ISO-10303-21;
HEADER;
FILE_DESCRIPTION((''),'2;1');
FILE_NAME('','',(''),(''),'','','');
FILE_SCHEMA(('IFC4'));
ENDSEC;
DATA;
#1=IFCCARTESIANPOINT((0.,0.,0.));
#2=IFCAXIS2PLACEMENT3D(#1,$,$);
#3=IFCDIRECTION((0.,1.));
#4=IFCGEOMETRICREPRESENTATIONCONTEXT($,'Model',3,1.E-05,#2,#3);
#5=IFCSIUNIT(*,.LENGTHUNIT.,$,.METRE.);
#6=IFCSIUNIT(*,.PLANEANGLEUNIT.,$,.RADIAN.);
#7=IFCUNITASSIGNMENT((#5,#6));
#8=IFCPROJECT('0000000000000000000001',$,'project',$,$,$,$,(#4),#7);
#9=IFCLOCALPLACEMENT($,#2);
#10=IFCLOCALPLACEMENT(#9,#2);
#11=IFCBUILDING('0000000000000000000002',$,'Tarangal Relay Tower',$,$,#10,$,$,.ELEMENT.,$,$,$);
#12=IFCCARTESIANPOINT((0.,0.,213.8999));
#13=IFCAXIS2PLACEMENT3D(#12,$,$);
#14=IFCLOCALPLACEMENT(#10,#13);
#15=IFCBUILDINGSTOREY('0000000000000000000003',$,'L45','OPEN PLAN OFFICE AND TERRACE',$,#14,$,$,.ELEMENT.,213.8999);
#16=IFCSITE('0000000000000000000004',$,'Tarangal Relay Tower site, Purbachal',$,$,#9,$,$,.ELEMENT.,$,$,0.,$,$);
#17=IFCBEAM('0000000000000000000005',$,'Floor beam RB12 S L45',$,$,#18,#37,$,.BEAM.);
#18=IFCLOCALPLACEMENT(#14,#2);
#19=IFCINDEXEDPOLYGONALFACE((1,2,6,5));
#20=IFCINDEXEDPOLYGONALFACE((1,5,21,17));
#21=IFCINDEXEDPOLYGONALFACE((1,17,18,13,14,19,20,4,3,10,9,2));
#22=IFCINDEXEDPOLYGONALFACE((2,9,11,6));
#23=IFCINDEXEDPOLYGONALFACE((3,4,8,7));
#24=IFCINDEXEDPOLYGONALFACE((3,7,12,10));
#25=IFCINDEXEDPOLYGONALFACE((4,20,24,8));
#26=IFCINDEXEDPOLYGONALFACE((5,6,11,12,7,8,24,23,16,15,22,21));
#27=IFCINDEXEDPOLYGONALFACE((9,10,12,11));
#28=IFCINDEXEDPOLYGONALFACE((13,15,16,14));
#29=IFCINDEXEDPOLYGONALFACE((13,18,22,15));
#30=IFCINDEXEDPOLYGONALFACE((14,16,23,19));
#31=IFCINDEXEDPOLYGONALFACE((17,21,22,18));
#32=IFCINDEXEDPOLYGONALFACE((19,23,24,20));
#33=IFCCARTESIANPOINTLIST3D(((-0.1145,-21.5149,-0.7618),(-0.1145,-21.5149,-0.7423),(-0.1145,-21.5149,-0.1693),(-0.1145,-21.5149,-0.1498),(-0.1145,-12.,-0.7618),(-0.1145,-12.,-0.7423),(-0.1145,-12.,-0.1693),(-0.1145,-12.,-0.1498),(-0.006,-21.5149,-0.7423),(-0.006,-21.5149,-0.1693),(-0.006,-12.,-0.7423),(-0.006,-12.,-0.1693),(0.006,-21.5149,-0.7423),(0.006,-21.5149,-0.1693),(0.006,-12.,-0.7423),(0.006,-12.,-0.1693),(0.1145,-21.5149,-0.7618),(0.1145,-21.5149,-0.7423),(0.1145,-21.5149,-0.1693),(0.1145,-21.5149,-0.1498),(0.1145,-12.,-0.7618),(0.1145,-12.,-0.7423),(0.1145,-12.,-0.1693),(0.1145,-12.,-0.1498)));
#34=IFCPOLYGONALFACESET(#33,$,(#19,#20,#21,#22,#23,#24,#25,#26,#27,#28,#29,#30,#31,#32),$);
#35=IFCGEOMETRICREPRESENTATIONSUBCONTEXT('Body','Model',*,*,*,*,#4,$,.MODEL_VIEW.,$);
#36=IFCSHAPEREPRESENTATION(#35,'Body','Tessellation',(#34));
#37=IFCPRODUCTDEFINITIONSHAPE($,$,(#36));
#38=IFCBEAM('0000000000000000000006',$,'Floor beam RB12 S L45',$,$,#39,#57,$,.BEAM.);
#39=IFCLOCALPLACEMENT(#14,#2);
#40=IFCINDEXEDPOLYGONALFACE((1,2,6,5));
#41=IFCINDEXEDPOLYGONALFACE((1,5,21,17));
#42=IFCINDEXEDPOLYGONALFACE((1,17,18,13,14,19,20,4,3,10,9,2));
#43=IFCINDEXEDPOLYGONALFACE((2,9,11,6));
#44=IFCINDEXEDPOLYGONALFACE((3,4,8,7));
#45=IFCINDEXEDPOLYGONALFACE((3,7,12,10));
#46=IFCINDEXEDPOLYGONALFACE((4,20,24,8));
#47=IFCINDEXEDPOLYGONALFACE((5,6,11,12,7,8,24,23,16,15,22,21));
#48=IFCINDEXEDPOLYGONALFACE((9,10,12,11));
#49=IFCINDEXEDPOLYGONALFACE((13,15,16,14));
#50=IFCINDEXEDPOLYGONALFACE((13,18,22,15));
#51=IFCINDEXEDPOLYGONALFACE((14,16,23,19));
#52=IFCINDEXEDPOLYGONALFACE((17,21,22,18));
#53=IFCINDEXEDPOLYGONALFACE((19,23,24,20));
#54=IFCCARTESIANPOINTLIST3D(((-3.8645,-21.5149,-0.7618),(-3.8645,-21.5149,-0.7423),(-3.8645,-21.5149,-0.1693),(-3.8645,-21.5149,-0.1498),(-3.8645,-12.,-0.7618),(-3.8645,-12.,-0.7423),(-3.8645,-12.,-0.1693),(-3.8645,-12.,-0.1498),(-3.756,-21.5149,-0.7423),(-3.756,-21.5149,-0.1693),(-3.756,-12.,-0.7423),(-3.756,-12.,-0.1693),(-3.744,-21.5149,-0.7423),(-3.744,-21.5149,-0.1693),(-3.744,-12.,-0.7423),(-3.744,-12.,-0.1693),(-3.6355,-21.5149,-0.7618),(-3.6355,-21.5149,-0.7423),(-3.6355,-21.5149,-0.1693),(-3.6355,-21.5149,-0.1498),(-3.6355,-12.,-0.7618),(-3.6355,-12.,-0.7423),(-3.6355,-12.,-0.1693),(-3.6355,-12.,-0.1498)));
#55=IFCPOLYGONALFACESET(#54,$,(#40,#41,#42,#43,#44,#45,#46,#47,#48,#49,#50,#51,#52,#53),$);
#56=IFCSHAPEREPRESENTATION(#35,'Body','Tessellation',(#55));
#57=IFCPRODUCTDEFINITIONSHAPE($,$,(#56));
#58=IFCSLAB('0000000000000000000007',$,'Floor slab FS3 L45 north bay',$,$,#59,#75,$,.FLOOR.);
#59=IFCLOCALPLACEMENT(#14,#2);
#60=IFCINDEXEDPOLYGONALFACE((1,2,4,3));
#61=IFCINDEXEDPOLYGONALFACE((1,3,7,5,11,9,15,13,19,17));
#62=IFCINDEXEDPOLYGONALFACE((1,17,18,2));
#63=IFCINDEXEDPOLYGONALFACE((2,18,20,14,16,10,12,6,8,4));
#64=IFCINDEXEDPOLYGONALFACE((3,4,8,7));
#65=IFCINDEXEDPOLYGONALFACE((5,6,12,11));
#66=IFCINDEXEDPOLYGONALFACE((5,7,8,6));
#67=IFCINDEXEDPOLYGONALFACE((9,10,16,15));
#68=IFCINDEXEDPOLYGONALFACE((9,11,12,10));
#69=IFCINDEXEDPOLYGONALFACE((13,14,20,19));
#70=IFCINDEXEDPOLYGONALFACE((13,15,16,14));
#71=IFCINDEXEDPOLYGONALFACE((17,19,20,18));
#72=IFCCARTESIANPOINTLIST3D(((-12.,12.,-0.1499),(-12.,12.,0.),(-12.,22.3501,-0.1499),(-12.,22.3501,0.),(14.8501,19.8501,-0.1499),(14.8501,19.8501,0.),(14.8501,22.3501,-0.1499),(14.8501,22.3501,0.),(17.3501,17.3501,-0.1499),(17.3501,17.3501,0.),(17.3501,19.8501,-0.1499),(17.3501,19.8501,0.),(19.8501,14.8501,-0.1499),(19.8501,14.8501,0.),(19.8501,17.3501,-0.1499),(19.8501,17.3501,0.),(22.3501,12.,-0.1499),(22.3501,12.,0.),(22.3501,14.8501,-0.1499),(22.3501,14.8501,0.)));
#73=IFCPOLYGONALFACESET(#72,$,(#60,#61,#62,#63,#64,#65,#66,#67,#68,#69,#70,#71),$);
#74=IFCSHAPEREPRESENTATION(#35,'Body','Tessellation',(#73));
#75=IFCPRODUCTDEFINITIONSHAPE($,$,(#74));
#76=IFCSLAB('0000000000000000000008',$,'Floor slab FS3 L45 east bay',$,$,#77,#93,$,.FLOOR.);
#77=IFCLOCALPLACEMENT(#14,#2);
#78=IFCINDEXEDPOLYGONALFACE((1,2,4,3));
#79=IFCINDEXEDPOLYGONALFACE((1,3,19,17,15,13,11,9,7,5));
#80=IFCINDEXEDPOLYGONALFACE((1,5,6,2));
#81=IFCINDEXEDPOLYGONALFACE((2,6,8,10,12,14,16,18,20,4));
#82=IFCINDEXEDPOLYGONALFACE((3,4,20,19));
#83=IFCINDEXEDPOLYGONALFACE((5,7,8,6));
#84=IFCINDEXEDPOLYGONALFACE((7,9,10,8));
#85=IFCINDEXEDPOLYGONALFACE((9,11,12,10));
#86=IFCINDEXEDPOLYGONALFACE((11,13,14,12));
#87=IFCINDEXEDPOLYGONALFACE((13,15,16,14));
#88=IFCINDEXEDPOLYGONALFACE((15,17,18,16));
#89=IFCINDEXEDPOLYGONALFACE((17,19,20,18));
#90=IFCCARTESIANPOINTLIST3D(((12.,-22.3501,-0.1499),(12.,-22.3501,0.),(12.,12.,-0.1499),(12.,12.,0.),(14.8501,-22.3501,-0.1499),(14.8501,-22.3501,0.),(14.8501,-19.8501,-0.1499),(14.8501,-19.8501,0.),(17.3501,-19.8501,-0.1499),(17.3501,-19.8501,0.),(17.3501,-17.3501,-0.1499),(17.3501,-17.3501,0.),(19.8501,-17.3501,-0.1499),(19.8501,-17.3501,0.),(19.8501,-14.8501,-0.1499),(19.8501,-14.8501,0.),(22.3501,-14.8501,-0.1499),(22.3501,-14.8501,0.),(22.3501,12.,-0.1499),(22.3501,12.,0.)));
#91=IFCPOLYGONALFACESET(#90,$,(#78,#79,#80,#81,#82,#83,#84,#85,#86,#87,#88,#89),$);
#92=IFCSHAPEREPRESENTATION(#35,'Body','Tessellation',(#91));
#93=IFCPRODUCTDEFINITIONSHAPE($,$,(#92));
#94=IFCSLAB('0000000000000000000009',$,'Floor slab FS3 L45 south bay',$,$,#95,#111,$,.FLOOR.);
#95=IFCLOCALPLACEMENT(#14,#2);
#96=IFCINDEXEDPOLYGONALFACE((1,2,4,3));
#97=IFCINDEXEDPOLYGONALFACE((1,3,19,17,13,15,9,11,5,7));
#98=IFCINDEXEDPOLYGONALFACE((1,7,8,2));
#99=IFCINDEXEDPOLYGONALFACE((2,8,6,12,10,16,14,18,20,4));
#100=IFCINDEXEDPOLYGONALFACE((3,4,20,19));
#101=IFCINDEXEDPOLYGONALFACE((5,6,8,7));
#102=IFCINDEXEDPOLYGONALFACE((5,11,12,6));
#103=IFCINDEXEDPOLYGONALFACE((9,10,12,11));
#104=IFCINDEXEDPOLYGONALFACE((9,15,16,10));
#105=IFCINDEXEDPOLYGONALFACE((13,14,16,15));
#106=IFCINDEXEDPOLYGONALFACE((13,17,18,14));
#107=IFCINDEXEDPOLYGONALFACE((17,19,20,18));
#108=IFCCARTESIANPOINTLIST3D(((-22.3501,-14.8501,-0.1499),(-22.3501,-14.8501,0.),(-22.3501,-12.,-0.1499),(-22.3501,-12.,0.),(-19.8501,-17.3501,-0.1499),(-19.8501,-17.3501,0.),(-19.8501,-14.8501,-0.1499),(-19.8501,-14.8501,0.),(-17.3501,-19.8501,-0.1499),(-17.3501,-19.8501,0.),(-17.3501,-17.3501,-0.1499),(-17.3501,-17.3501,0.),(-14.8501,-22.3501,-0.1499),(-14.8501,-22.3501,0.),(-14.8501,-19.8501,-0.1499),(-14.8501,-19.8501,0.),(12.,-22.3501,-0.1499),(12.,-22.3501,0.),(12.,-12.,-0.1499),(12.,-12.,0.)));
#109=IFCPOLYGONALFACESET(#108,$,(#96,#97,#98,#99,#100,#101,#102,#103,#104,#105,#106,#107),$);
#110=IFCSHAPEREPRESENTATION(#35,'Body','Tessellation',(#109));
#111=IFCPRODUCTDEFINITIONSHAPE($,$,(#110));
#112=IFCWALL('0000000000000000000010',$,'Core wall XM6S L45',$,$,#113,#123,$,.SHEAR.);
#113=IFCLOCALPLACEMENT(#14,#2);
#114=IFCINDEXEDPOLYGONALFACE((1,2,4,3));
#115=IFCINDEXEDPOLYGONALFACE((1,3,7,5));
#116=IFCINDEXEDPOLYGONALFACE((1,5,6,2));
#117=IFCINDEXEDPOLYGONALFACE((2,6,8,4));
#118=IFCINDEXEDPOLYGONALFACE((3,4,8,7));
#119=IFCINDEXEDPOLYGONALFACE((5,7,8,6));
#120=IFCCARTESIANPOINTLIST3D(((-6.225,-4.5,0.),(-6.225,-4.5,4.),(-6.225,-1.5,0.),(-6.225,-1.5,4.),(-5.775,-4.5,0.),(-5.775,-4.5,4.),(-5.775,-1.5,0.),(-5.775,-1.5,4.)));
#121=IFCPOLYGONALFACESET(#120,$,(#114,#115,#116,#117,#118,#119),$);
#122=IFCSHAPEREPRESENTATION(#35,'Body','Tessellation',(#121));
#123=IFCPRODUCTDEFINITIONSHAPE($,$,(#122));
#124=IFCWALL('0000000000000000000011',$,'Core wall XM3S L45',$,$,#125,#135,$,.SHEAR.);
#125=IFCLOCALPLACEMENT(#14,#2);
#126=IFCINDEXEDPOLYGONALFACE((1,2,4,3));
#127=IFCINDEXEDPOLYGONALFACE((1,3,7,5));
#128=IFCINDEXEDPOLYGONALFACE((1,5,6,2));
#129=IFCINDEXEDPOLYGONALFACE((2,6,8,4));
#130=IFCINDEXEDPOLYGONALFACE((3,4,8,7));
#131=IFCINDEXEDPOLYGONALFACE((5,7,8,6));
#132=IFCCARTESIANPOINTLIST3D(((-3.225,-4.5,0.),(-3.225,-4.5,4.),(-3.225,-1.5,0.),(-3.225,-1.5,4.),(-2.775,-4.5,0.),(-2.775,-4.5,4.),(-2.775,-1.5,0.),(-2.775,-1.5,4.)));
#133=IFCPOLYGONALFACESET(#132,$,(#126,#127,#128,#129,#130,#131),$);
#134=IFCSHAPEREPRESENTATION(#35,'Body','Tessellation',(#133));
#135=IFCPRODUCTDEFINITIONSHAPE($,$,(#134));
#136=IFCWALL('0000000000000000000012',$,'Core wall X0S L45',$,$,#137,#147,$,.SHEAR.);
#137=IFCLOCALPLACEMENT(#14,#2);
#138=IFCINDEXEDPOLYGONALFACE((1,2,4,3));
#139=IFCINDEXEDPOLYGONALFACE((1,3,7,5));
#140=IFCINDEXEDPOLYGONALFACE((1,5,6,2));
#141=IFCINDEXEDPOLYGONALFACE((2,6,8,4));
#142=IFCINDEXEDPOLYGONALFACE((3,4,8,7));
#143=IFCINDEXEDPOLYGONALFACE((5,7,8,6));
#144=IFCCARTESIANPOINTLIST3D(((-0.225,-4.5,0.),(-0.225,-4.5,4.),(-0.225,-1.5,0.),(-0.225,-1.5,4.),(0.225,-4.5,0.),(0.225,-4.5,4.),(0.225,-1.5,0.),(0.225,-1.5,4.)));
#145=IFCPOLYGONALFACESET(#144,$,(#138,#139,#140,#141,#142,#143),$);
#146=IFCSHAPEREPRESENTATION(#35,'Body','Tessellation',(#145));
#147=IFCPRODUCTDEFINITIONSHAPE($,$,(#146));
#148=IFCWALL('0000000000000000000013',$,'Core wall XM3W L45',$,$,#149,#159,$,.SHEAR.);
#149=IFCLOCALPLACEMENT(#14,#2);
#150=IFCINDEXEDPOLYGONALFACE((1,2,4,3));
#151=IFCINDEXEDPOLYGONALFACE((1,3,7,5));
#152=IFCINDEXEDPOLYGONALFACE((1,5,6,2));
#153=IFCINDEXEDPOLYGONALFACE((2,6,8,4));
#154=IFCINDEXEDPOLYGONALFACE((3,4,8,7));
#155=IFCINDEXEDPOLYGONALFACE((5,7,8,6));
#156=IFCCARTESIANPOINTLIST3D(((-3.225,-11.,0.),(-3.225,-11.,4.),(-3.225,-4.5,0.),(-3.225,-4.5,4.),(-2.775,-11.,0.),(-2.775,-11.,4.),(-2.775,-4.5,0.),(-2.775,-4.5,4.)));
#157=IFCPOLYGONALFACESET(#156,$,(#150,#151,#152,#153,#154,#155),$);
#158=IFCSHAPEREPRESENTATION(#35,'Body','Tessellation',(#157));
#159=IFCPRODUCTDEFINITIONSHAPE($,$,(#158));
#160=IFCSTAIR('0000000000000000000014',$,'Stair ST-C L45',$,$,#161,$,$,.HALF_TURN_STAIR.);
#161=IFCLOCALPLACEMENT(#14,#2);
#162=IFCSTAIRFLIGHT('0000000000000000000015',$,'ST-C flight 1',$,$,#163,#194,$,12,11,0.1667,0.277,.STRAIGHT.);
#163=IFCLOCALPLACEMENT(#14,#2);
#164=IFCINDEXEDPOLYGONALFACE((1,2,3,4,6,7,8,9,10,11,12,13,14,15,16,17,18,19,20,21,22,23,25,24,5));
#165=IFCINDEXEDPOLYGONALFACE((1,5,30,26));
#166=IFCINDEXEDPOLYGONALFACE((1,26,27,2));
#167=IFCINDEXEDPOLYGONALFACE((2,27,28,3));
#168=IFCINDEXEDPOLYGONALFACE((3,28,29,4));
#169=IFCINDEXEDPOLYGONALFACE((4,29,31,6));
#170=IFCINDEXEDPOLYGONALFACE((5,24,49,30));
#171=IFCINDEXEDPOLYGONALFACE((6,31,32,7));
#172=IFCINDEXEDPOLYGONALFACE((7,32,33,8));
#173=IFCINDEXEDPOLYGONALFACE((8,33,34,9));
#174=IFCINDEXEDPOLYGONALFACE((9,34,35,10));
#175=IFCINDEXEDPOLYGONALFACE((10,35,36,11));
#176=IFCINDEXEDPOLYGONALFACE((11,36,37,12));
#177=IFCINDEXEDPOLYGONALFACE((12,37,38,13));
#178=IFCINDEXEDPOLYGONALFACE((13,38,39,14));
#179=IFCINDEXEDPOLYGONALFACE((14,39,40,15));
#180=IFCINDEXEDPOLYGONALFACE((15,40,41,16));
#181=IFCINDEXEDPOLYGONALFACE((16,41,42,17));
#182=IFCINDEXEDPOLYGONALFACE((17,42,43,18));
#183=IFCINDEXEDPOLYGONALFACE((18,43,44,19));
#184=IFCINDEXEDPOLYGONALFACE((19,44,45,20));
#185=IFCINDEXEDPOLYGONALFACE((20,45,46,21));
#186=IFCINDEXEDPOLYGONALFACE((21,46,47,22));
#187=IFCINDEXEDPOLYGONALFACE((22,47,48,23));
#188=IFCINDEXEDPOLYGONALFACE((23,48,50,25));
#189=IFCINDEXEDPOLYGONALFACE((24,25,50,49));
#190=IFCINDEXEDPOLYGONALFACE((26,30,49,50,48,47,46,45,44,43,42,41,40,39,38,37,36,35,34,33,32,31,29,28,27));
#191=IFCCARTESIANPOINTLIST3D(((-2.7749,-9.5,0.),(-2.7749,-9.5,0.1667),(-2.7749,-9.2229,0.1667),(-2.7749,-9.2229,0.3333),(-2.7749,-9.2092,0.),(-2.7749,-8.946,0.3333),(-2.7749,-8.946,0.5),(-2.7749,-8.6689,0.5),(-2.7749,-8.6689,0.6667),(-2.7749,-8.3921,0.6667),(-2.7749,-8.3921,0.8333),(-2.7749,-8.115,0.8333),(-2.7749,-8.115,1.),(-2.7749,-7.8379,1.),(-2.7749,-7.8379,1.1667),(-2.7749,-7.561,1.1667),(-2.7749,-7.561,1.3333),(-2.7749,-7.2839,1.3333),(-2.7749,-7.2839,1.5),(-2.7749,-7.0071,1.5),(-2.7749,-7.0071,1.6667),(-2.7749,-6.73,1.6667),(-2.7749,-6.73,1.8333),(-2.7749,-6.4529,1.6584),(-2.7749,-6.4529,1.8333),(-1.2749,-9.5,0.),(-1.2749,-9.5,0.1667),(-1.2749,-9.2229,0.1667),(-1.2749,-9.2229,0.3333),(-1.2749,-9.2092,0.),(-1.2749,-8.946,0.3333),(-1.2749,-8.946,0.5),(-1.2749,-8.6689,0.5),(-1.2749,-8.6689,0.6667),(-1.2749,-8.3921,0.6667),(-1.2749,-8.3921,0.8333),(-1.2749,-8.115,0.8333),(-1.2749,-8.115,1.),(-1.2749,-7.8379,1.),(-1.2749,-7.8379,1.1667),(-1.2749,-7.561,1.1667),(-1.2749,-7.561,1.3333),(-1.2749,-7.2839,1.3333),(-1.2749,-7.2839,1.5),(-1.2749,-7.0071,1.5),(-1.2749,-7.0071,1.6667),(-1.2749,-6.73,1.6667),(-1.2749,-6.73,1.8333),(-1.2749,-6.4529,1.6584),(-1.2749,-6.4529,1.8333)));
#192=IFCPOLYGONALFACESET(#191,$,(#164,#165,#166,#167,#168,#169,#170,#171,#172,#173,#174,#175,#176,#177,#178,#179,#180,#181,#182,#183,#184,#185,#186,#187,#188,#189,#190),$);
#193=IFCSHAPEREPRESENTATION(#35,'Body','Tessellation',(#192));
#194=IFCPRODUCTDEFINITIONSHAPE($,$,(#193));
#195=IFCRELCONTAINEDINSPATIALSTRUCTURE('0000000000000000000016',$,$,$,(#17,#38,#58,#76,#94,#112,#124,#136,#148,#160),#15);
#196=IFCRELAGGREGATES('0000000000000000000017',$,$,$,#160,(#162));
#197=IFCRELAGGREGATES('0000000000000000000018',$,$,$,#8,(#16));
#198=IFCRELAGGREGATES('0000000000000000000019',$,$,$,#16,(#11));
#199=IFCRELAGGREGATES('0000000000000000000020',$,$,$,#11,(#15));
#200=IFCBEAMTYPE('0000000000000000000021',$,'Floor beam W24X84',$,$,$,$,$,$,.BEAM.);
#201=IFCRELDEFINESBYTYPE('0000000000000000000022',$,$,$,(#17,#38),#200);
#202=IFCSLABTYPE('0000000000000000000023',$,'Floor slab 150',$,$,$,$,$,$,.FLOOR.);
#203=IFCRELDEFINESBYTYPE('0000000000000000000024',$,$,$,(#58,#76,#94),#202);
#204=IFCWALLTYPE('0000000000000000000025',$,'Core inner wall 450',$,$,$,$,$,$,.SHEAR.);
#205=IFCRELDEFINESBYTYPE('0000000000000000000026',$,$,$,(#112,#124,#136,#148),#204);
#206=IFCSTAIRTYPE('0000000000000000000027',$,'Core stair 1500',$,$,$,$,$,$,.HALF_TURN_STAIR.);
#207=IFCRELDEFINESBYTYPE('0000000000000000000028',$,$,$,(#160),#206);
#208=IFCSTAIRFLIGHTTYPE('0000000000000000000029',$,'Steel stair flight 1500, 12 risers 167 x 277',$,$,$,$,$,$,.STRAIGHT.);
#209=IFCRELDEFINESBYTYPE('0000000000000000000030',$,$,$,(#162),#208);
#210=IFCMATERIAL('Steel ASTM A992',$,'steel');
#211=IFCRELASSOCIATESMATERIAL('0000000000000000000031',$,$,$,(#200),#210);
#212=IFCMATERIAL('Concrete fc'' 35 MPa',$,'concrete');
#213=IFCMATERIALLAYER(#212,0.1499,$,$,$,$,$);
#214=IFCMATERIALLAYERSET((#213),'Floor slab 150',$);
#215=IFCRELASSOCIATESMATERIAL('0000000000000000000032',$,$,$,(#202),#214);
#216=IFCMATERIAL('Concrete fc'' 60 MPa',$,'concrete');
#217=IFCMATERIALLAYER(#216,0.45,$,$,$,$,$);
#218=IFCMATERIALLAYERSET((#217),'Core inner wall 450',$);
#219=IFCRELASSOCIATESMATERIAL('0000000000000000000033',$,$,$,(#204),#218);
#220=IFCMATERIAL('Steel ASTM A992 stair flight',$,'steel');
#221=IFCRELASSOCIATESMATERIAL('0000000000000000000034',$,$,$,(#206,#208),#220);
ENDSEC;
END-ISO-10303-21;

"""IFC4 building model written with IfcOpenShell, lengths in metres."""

from ifc_helpers import new_model, si_unit, direction, frame, frame_2d, origin, origin_2d, place, context, subcontext, project, spatial, polyline, rectangle, i_section, outline, extrude, material, layer, layer_set, material_profile, profile_set, type_object, element, aggregate, save


model = new_model("IFC4")

# Units and contexts
model_context = context("Model", 3, precision=1e-05, world=origin(), true_north=direction((0.0, 1.0)))
body_context = subcontext(model_context, "Body", "Model", "MODEL_VIEW")
ifc_project = project(units=[si_unit("LENGTHUNIT", "METRE"), si_unit("PLANEANGLEUNIT", "RADIAN")], contexts=[model_context])

# Site, building, storey
site_placement = place(None, origin())
site = spatial("IfcSite", under=ifc_project, at=site_placement, Name="Tarangal Relay Tower site, Purbachal", CompositionType="ELEMENT", RefElevation=0.0)
building_placement = place(site_placement, origin())
building = spatial("IfcBuilding", under=site, at=building_placement, Name="Tarangal Relay Tower", CompositionType="ELEMENT")
storey_placement = place(building_placement, frame((0.0, 0.0, 213.8999)))
storey = spatial("IfcBuildingStorey", under=building, at=storey_placement, Name="L45", Description="OPEN PLAN OFFICE AND TERRACE", CompositionType="ELEMENT", Elevation=213.8999)

# Beams
ifc_material_1 = material(Name="Steel ASTM A992", Category="steel")
ifc_material_profile = material_profile(ifc_material_1, i_section(OverallWidth=0.229, OverallDepth=0.6121, WebThickness=0.012, FlangeThickness=0.0195, at=origin_2d()), Name="W24X84")
ifc_profile_set = profile_set([ifc_material_profile], Name="Steel ASTM A992")
beam_type = type_object("IfcBeamType", Name="Floor beam W24X84", PredefinedType="BEAM", material=ifc_profile_set)
for number, where, z_axis, x_axis, name in (
    (1, (0.0, -12.0, -0.4558), (0.0, -1.0, 0.0), (1.0, 0.0, 0.0), "Floor beam RB12 S L45"),
    (2, (-3.75, -12.0, -0.4558), (0.0, -1.0, 0.0), (1.0, 0.0, 0.0), "Floor beam RB12 S L45"),
):
    element("IfcBeam", number, at=place(storey_placement, frame(where, z_axis=z_axis, x_axis=x_axis)), inside=storey, type_object=beam_type, Name=name, PredefinedType="BEAM", context=body_context, shape_type="SweptSolid", body=[
        extrude(i_section(OverallWidth=0.229, OverallDepth=0.6121, WebThickness=0.012, FlangeThickness=0.0195, at=origin_2d()), origin(), (0.0, 0.0, 1.0), 9.5149),
    ])

# Slabs
ifc_material_2 = material(Name="Concrete fc' 35 MPa", Category="concrete")
ifc_layer_1 = layer(ifc_material_2, 0.1499)
ifc_layer_set_1 = layer_set([ifc_layer_1], Name="Floor slab 150")
slab_type = type_object("IfcSlabType", Name="Floor slab 150", PredefinedType="FLOOR", material=ifc_layer_set_1)
slab_1_placement = place(storey_placement, frame((0.0, 0.0, -0.1499)))
element("IfcSlab", 3, at=slab_1_placement, inside=storey, type_object=slab_type, Name="Floor slab FS3 L45 north bay", PredefinedType="FLOOR", context=body_context, shape_type="SweptSolid", body=[
    extrude(outline(polyline([(14.8501, 22.3501), (14.8501, 19.8501), (17.3501, 19.8501), (17.3501, 17.3501), (19.8501, 17.3501), (19.8501, 14.8501), (22.3501, 14.8501), (22.3501, 12.0), (-12.0, 12.0), (-12.0, 22.3501), (14.8501, 22.3501)])), origin(), (0.0, 0.0, 1.0), 0.1499),
])
slab_2_placement = place(storey_placement, frame((0.0, 0.0, -0.1499)))
element("IfcSlab", 4, at=slab_2_placement, inside=storey, type_object=slab_type, Name="Floor slab FS3 L45 east bay", PredefinedType="FLOOR", context=body_context, shape_type="SweptSolid", body=[
    extrude(outline(polyline([(22.3501, -14.8501), (19.8501, -14.8501), (19.8501, -17.3501), (17.3501, -17.3501), (17.3501, -19.8501), (14.8501, -19.8501), (14.8501, -22.3501), (12.0, -22.3501), (12.0, 12.0), (22.3501, 12.0), (22.3501, -14.8501)])), origin(), (0.0, 0.0, 1.0), 0.1499),
])
slab_3_placement = place(storey_placement, frame((0.0, 0.0, -0.1499)))
element("IfcSlab", 5, at=slab_3_placement, inside=storey, type_object=slab_type, Name="Floor slab FS3 L45 south bay", PredefinedType="FLOOR", context=body_context, shape_type="SweptSolid", body=[
    extrude(outline(polyline([(-14.8501, -22.3501), (-14.8501, -19.8501), (-17.3501, -19.8501), (-17.3501, -17.3501), (-19.8501, -17.3501), (-19.8501, -14.8501), (-22.3501, -14.8501), (-22.3501, -12.0), (12.0, -12.0), (12.0, -22.3501), (-14.8501, -22.3501)])), origin(), (0.0, 0.0, 1.0), 0.1499),
])

# Walls
ifc_material_3 = material(Name="Concrete fc' 60 MPa", Category="concrete")
ifc_layer_2 = layer(ifc_material_3, 0.45)
ifc_layer_set_2 = layer_set([ifc_layer_2], Name="Core inner wall 450")
wall_type = type_object("IfcWallType", Name="Core inner wall 450", PredefinedType="SHEAR", material=ifc_layer_set_2)
for number, where, z_axis, x_axis, name in (
    (6, (-6.0, -4.5, 0.0), (0.0, 0.0, 1.0), (0.0, 1.0, 0.0), "Core wall XM6S L45"),
    (7, (-3.0, -4.5, 0.0), (0.0, 0.0, 1.0), (0.0, 1.0, 0.0), "Core wall XM3S L45"),
    (8, (0.0, -4.5, 0.0), (0.0, 0.0, 1.0), (0.0, 1.0, 0.0), "Core wall X0S L45"),
):
    element("IfcWall", number, at=place(storey_placement, frame(where, z_axis=z_axis, x_axis=x_axis)), inside=storey, type_object=wall_type, Name=name, PredefinedType="SHEAR", context=body_context, shape_type="SweptSolid", body=[
        extrude(rectangle(XDim=3.0, YDim=0.45, at=frame_2d((1.5, 0.0))), origin(), (0.0, 0.0, 1.0), 4.0),
    ])
wall_placement = place(storey_placement, frame((-3.0, -11.0, 0.0), z_axis=(0.0, 0.0, 1.0), x_axis=(0.0, 1.0, 0.0)))
element("IfcWall", 9, at=wall_placement, inside=storey, type_object=wall_type, Name="Core wall XM3W L45", PredefinedType="SHEAR", context=body_context, shape_type="SweptSolid", body=[
    extrude(rectangle(XDim=6.5, YDim=0.45, at=frame_2d((3.25, 0.0))), origin(), (0.0, 0.0, 1.0), 4.0),
])

# Stair, stair flight
ifc_material_4 = material(Name="Steel ASTM A992 stair flight", Category="steel")
stair_type = type_object("IfcStairType", Name="Core stair 1500", PredefinedType="HALF_TURN_STAIR", material=ifc_material_4)
stair_placement = place(storey_placement, origin())
stair = element("IfcStair", 10, at=stair_placement, inside=storey, type_object=stair_type, Name="Stair ST-C L45", PredefinedType="HALF_TURN_STAIR")
stair_flight_type = type_object("IfcStairFlightType", Name="Steel stair flight 1500, 12 risers 167 x 277", PredefinedType="STRAIGHT", material=ifc_material_4)
stair_flight_placement = place(storey_placement, frame((-2.0249, -9.5, 0.0), z_axis=(0.0, 0.0, 1.0), x_axis=(0.0, 1.0, 0.0)))
stair_flight = element("IfcStairFlight", 11, at=stair_flight_placement, type_object=stair_flight_type, Name="ST-C flight 1", NumberOfRisers=12, NumberOfTreads=11, PredefinedType="STRAIGHT", RiserHeight=0.1667, TreadLength=0.277, context=body_context, shape_type="SweptSolid", body=[
    extrude(outline(polyline([(0.0, 0.0), (0.0, 0.1667), (0.2771, 0.1667), (0.2771, 0.3333), (0.554, 0.3333), (0.554, 0.5), (0.8311, 0.5), (0.8311, 0.6667), (1.1079, 0.6667), (1.1079, 0.8333), (1.385, 0.8333), (1.385, 1.0), (1.6621, 1.0), (1.6621, 1.1667), (1.939, 1.1667), (1.939, 1.3333), (2.2161, 1.3333), (2.2161, 1.5), (2.4929, 1.5), (2.4929, 1.6667), (2.77, 1.6667), (2.77, 1.8333), (3.0471, 1.8333), (3.0471, 2.0), (3.0471, 1.6584), (0.2908, 0.0), (0.0, 0.0)])), frame((0.0, 0.75, 0.0), z_axis=(0.0, -1.0, 0.0), x_axis=(1.0, 0.0, 0.0)), (0.0, 0.0, 1.0), 1.5),
])
aggregate(stair, [stair_flight])

save(model, "model.ifc")
